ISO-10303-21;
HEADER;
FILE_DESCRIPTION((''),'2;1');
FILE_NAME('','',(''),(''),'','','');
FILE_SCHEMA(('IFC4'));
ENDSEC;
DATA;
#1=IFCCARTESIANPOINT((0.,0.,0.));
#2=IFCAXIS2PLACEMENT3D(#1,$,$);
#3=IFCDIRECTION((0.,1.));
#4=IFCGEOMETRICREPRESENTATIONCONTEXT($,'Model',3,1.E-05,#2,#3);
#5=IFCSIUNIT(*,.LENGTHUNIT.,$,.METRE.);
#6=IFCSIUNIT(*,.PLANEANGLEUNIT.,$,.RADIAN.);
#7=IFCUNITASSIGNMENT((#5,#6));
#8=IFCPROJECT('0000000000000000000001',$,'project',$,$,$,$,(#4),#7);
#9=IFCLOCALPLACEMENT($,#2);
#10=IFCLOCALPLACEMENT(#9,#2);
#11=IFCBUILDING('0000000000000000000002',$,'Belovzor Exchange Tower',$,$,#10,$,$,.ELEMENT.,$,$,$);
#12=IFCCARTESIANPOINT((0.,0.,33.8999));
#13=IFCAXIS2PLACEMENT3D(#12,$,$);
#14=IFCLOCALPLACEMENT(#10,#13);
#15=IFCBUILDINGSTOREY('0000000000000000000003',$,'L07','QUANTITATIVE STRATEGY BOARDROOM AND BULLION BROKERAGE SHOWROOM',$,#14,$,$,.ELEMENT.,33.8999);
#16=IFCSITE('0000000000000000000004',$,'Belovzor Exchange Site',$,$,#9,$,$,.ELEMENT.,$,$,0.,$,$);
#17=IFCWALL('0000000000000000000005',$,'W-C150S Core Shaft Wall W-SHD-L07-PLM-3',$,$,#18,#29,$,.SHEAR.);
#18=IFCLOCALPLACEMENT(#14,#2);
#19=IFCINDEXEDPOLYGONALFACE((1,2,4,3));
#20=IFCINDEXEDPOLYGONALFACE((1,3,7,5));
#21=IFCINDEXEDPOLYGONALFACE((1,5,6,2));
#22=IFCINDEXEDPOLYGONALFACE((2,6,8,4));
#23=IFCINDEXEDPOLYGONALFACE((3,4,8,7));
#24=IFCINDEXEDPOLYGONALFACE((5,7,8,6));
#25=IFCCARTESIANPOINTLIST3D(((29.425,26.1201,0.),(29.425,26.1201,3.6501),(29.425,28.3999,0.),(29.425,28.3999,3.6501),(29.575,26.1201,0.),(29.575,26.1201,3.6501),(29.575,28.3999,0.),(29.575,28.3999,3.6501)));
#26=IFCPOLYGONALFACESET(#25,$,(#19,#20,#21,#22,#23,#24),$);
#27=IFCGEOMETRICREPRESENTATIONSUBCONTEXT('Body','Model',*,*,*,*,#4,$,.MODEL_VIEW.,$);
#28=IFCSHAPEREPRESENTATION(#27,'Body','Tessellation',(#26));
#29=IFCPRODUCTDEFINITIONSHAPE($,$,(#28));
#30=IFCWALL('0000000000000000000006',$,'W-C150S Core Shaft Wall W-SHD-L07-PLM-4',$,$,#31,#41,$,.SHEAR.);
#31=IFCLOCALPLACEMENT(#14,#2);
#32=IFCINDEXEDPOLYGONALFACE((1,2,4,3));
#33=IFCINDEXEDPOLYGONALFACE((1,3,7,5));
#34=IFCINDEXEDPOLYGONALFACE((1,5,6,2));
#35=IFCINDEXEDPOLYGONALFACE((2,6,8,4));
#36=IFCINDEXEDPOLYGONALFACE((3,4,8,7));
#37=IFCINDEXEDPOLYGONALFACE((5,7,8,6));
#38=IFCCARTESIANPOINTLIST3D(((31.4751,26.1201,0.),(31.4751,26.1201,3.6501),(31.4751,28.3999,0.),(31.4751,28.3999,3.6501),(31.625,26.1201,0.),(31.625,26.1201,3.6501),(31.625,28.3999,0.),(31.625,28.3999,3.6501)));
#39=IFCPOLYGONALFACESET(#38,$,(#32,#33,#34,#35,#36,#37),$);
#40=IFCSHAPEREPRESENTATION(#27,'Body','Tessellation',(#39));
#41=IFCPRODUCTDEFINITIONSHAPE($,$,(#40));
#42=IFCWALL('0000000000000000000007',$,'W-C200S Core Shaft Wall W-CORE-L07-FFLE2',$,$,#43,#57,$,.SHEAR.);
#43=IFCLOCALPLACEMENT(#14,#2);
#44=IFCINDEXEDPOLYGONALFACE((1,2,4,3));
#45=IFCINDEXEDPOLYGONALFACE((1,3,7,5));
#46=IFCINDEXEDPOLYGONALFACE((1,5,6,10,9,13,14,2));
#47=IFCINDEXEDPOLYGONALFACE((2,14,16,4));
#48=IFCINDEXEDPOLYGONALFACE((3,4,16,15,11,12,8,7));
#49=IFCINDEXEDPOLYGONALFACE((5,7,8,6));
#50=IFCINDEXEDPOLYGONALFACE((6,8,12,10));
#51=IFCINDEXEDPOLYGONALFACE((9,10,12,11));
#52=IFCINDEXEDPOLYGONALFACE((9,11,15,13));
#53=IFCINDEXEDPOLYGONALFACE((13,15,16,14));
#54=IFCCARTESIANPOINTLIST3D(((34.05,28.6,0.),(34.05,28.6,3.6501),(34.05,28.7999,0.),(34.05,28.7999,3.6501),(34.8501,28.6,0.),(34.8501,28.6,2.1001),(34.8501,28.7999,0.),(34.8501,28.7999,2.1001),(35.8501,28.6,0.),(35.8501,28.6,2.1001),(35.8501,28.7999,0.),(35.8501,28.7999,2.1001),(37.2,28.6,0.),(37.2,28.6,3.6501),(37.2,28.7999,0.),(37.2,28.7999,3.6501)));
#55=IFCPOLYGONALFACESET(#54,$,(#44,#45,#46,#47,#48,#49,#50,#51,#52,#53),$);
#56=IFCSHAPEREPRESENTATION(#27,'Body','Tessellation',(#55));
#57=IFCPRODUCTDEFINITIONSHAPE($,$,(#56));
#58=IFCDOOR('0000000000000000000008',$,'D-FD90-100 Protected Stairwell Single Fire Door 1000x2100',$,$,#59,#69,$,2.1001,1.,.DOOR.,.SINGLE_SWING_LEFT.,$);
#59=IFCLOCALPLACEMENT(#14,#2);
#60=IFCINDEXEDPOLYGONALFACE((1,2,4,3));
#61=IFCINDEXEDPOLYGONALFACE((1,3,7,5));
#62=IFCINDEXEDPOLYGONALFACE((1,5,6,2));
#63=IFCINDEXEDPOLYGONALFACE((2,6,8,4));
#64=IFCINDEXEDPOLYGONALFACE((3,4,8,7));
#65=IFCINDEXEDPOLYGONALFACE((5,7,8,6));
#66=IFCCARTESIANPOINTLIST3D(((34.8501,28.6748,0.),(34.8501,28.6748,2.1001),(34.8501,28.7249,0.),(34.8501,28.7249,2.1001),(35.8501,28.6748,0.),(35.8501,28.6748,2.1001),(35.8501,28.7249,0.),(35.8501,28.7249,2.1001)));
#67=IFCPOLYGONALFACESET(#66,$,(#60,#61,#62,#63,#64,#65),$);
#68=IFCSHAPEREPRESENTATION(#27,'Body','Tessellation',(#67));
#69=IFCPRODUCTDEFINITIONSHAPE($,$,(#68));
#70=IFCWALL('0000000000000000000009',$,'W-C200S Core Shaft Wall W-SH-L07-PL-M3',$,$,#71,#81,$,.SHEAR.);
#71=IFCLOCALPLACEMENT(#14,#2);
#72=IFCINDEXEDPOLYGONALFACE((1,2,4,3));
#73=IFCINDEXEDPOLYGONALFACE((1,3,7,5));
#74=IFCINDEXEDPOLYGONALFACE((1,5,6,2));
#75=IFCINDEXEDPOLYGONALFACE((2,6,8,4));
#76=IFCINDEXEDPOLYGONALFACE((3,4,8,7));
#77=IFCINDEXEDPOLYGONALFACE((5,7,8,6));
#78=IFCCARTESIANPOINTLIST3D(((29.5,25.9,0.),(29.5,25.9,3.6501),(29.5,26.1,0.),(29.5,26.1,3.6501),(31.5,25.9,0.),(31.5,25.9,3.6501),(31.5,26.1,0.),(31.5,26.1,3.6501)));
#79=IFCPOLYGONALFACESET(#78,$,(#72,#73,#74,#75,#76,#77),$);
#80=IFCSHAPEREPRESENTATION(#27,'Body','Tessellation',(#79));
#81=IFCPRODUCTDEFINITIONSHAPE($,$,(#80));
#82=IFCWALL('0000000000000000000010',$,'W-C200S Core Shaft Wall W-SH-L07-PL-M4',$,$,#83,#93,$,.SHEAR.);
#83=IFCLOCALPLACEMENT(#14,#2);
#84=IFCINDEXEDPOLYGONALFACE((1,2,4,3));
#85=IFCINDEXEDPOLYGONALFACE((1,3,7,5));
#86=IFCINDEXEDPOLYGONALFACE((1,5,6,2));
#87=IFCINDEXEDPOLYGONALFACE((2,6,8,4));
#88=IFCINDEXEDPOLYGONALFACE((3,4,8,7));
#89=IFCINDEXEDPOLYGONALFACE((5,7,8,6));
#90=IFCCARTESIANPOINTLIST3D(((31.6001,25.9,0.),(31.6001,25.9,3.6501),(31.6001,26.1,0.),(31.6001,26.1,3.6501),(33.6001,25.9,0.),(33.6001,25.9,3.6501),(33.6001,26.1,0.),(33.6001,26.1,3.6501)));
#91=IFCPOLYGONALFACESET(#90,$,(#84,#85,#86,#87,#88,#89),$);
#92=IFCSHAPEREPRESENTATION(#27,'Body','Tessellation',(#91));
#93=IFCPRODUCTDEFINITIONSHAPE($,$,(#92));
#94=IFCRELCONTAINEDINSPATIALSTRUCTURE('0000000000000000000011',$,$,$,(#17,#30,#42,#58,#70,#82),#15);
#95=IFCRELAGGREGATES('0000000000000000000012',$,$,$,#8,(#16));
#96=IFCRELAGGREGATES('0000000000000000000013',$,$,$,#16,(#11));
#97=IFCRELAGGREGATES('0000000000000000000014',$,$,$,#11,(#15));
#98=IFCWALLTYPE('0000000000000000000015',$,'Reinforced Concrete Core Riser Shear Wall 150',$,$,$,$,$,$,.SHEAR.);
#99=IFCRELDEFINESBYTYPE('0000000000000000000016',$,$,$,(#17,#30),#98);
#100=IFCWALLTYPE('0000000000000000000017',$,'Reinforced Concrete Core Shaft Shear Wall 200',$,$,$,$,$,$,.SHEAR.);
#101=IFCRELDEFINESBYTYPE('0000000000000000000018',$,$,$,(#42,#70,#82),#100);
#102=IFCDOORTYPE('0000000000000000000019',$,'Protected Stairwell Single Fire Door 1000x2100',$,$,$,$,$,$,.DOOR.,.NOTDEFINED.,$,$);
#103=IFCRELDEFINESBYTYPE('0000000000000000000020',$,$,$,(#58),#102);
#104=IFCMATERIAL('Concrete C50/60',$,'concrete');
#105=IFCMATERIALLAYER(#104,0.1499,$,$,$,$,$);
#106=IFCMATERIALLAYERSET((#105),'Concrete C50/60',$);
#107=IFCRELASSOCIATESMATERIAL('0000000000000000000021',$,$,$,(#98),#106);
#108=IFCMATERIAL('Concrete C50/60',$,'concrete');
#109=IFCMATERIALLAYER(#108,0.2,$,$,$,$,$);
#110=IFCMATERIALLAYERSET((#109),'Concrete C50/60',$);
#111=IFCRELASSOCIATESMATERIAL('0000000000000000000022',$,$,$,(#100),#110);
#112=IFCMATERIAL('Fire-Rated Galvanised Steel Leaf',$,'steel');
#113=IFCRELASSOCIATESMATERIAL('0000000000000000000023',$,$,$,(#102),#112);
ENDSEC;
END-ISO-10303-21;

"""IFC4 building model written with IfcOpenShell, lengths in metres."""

from ifc_helpers import new_model, si_unit, direction, frame, frame_2d, origin, place, context, subcontext, project, spatial, rectangle, extrude, material, layer, layer_set, type_object, element, fill, save


model = new_model("IFC4")

# Units and contexts
model_context = context("Model", 3, precision=1e-05, world=origin(), true_north=direction((0.0, 1.0)))
body_context = subcontext(model_context, "Body", "Model", "MODEL_VIEW")
ifc_project = project(units=[si_unit("LENGTHUNIT", "METRE"), si_unit("PLANEANGLEUNIT", "RADIAN")], contexts=[model_context])

# Site, building, storey
site_placement = place(None, origin())
site = spatial("IfcSite", under=ifc_project, at=site_placement, Name="Belovzor Exchange Site", CompositionType="ELEMENT", RefElevation=0.0)
building_placement = place(site_placement, origin())
building = spatial("IfcBuilding", under=site, at=building_placement, Name="Belovzor Exchange Tower", CompositionType="ELEMENT")
storey_placement = place(building_placement, frame((0.0, 0.0, 33.8999)))
storey = spatial("IfcBuildingStorey", under=building, at=storey_placement, Name="L07", Description="QUANTITATIVE STRATEGY BOARDROOM AND BULLION BROKERAGE SHOWROOM", CompositionType="ELEMENT", Elevation=33.8999)

# Walls
ifc_material_1 = material(Name="Concrete C50/60", Category="concrete")
ifc_layer_1 = layer(ifc_material_1, 0.1499)
ifc_layer_set_1 = layer_set([ifc_layer_1], Name="Concrete C50/60")
wall_type_1 = type_object("IfcWallType", Name="Reinforced Concrete Core Riser Shear Wall 150", PredefinedType="SHEAR", material=ifc_layer_set_1)
for number, where, z_axis, x_axis, name in (
    (1, (29.5, 26.1201, 0.0), (0.0, 0.0, 1.0), (0.0, 1.0, 0.0), "W-C150S Core Shaft Wall W-SHD-L07-PLM-3"),
    (2, (31.55, 26.1201, 0.0), (0.0, 0.0, 1.0), (0.0, 1.0, 0.0), "W-C150S Core Shaft Wall W-SHD-L07-PLM-4"),
):
    element("IfcWall", number, at=place(storey_placement, frame(where, z_axis=z_axis, x_axis=x_axis)), inside=storey, type_object=wall_type_1, Name=name, PredefinedType="SHEAR", context=body_context, shape_type="SweptSolid", body=[
        extrude(rectangle(XDim=2.2798, YDim=0.1499, at=frame_2d((1.1399, 0.0))), origin(), (0.0, 0.0, 1.0), 3.6501),
    ])

# Wall, opening, door
ifc_material_2 = material(Name="Concrete C50/60", Category="concrete")
ifc_layer_2 = layer(ifc_material_2, 0.2)
ifc_layer_set_2 = layer_set([ifc_layer_2], Name="Concrete C50/60")
wall_type_2 = type_object("IfcWallType", Name="Reinforced Concrete Core Shaft Shear Wall 200", PredefinedType="SHEAR", material=ifc_layer_set_2)
wall_1_placement = place(storey_placement, frame((34.05, 28.7, 0.0), z_axis=(0.0, 0.0, 1.0), x_axis=(1.0, 0.0, 0.0)))
wall_1 = element("IfcWall", 3, at=wall_1_placement, inside=storey, type_object=wall_type_2, Name="W-C200S Core Shaft Wall W-CORE-L07-FFLE2", PredefinedType="SHEAR", context=body_context, shape_type="SweptSolid", body=[
    extrude(rectangle(XDim=3.1499, YDim=0.2, at=frame_2d((1.575, 0.0))), origin(), (0.0, 0.0, 1.0), 3.6501),
])
opening_1_placement = place(wall_1_placement, frame((0.8, 0.0, 0.0)))
opening_1 = element("IfcOpeningElement", 4, at=opening_1_placement, cuts=wall_1, PredefinedType="OPENING", context=body_context, shape_type="SweptSolid", body=[
    extrude(rectangle(XDim=1.0, YDim=2.1001, at=frame_2d((0.5, 1.05))), frame((0.0, 0.1099, 0.0), z_axis=(0.0, -1.0, 0.0), x_axis=(1.0, 0.0, 0.0)), (0.0, 0.0, 1.0), 0.22),
])
ifc_material_3 = material(Name="Fire-Rated Galvanised Steel Leaf", Category="steel")
door_type_1 = type_object("IfcDoorType", Name="Protected Stairwell Single Fire Door 1000x2100", OperationType="NOTDEFINED", PredefinedType="DOOR", material=ifc_material_3)
door_1_placement = place(opening_1_placement, origin())
door_1 = element("IfcDoor", 5, at=door_1_placement, inside=storey, type_object=door_type_1, Name="D-FD90-100 Protected Stairwell Single Fire Door 1000x2100", OperationType="SINGLE_SWING_LEFT", OverallHeight=2.1001, OverallWidth=1.0, PredefinedType="DOOR", context=body_context, shape_type="SweptSolid", body=[
    extrude(rectangle(XDim=1.0, YDim=2.1001, at=frame_2d((0.5, 1.05))), frame((0.0, 0.0249, 0.0), z_axis=(0.0, -1.0, 0.0), x_axis=(1.0, 0.0, 0.0)), (0.0, 0.0, 1.0), 0.05),
])
fill(opening_1, door_1)

# Walls
for number, where, z_axis, x_axis, name in (
    (6, (29.5, 26.0, 0.0), (0.0, 0.0, 1.0), (1.0, 0.0, 0.0), "W-C200S Core Shaft Wall W-SH-L07-PL-M3"),
    (7, (31.6001, 26.0, 0.0), (0.0, 0.0, 1.0), (1.0, 0.0, 0.0), "W-C200S Core Shaft Wall W-SH-L07-PL-M4"),
):
    element("IfcWall", number, at=place(storey_placement, frame(where, z_axis=z_axis, x_axis=x_axis)), inside=storey, type_object=wall_type_2, Name=name, PredefinedType="SHEAR", context=body_context, shape_type="SweptSolid", body=[
        extrude(rectangle(XDim=2.0, YDim=0.2, at=frame_2d((1.0, 0.0))), origin(), (0.0, 0.0, 1.0), 3.6501),
    ])

save(model, "model.ifc")
